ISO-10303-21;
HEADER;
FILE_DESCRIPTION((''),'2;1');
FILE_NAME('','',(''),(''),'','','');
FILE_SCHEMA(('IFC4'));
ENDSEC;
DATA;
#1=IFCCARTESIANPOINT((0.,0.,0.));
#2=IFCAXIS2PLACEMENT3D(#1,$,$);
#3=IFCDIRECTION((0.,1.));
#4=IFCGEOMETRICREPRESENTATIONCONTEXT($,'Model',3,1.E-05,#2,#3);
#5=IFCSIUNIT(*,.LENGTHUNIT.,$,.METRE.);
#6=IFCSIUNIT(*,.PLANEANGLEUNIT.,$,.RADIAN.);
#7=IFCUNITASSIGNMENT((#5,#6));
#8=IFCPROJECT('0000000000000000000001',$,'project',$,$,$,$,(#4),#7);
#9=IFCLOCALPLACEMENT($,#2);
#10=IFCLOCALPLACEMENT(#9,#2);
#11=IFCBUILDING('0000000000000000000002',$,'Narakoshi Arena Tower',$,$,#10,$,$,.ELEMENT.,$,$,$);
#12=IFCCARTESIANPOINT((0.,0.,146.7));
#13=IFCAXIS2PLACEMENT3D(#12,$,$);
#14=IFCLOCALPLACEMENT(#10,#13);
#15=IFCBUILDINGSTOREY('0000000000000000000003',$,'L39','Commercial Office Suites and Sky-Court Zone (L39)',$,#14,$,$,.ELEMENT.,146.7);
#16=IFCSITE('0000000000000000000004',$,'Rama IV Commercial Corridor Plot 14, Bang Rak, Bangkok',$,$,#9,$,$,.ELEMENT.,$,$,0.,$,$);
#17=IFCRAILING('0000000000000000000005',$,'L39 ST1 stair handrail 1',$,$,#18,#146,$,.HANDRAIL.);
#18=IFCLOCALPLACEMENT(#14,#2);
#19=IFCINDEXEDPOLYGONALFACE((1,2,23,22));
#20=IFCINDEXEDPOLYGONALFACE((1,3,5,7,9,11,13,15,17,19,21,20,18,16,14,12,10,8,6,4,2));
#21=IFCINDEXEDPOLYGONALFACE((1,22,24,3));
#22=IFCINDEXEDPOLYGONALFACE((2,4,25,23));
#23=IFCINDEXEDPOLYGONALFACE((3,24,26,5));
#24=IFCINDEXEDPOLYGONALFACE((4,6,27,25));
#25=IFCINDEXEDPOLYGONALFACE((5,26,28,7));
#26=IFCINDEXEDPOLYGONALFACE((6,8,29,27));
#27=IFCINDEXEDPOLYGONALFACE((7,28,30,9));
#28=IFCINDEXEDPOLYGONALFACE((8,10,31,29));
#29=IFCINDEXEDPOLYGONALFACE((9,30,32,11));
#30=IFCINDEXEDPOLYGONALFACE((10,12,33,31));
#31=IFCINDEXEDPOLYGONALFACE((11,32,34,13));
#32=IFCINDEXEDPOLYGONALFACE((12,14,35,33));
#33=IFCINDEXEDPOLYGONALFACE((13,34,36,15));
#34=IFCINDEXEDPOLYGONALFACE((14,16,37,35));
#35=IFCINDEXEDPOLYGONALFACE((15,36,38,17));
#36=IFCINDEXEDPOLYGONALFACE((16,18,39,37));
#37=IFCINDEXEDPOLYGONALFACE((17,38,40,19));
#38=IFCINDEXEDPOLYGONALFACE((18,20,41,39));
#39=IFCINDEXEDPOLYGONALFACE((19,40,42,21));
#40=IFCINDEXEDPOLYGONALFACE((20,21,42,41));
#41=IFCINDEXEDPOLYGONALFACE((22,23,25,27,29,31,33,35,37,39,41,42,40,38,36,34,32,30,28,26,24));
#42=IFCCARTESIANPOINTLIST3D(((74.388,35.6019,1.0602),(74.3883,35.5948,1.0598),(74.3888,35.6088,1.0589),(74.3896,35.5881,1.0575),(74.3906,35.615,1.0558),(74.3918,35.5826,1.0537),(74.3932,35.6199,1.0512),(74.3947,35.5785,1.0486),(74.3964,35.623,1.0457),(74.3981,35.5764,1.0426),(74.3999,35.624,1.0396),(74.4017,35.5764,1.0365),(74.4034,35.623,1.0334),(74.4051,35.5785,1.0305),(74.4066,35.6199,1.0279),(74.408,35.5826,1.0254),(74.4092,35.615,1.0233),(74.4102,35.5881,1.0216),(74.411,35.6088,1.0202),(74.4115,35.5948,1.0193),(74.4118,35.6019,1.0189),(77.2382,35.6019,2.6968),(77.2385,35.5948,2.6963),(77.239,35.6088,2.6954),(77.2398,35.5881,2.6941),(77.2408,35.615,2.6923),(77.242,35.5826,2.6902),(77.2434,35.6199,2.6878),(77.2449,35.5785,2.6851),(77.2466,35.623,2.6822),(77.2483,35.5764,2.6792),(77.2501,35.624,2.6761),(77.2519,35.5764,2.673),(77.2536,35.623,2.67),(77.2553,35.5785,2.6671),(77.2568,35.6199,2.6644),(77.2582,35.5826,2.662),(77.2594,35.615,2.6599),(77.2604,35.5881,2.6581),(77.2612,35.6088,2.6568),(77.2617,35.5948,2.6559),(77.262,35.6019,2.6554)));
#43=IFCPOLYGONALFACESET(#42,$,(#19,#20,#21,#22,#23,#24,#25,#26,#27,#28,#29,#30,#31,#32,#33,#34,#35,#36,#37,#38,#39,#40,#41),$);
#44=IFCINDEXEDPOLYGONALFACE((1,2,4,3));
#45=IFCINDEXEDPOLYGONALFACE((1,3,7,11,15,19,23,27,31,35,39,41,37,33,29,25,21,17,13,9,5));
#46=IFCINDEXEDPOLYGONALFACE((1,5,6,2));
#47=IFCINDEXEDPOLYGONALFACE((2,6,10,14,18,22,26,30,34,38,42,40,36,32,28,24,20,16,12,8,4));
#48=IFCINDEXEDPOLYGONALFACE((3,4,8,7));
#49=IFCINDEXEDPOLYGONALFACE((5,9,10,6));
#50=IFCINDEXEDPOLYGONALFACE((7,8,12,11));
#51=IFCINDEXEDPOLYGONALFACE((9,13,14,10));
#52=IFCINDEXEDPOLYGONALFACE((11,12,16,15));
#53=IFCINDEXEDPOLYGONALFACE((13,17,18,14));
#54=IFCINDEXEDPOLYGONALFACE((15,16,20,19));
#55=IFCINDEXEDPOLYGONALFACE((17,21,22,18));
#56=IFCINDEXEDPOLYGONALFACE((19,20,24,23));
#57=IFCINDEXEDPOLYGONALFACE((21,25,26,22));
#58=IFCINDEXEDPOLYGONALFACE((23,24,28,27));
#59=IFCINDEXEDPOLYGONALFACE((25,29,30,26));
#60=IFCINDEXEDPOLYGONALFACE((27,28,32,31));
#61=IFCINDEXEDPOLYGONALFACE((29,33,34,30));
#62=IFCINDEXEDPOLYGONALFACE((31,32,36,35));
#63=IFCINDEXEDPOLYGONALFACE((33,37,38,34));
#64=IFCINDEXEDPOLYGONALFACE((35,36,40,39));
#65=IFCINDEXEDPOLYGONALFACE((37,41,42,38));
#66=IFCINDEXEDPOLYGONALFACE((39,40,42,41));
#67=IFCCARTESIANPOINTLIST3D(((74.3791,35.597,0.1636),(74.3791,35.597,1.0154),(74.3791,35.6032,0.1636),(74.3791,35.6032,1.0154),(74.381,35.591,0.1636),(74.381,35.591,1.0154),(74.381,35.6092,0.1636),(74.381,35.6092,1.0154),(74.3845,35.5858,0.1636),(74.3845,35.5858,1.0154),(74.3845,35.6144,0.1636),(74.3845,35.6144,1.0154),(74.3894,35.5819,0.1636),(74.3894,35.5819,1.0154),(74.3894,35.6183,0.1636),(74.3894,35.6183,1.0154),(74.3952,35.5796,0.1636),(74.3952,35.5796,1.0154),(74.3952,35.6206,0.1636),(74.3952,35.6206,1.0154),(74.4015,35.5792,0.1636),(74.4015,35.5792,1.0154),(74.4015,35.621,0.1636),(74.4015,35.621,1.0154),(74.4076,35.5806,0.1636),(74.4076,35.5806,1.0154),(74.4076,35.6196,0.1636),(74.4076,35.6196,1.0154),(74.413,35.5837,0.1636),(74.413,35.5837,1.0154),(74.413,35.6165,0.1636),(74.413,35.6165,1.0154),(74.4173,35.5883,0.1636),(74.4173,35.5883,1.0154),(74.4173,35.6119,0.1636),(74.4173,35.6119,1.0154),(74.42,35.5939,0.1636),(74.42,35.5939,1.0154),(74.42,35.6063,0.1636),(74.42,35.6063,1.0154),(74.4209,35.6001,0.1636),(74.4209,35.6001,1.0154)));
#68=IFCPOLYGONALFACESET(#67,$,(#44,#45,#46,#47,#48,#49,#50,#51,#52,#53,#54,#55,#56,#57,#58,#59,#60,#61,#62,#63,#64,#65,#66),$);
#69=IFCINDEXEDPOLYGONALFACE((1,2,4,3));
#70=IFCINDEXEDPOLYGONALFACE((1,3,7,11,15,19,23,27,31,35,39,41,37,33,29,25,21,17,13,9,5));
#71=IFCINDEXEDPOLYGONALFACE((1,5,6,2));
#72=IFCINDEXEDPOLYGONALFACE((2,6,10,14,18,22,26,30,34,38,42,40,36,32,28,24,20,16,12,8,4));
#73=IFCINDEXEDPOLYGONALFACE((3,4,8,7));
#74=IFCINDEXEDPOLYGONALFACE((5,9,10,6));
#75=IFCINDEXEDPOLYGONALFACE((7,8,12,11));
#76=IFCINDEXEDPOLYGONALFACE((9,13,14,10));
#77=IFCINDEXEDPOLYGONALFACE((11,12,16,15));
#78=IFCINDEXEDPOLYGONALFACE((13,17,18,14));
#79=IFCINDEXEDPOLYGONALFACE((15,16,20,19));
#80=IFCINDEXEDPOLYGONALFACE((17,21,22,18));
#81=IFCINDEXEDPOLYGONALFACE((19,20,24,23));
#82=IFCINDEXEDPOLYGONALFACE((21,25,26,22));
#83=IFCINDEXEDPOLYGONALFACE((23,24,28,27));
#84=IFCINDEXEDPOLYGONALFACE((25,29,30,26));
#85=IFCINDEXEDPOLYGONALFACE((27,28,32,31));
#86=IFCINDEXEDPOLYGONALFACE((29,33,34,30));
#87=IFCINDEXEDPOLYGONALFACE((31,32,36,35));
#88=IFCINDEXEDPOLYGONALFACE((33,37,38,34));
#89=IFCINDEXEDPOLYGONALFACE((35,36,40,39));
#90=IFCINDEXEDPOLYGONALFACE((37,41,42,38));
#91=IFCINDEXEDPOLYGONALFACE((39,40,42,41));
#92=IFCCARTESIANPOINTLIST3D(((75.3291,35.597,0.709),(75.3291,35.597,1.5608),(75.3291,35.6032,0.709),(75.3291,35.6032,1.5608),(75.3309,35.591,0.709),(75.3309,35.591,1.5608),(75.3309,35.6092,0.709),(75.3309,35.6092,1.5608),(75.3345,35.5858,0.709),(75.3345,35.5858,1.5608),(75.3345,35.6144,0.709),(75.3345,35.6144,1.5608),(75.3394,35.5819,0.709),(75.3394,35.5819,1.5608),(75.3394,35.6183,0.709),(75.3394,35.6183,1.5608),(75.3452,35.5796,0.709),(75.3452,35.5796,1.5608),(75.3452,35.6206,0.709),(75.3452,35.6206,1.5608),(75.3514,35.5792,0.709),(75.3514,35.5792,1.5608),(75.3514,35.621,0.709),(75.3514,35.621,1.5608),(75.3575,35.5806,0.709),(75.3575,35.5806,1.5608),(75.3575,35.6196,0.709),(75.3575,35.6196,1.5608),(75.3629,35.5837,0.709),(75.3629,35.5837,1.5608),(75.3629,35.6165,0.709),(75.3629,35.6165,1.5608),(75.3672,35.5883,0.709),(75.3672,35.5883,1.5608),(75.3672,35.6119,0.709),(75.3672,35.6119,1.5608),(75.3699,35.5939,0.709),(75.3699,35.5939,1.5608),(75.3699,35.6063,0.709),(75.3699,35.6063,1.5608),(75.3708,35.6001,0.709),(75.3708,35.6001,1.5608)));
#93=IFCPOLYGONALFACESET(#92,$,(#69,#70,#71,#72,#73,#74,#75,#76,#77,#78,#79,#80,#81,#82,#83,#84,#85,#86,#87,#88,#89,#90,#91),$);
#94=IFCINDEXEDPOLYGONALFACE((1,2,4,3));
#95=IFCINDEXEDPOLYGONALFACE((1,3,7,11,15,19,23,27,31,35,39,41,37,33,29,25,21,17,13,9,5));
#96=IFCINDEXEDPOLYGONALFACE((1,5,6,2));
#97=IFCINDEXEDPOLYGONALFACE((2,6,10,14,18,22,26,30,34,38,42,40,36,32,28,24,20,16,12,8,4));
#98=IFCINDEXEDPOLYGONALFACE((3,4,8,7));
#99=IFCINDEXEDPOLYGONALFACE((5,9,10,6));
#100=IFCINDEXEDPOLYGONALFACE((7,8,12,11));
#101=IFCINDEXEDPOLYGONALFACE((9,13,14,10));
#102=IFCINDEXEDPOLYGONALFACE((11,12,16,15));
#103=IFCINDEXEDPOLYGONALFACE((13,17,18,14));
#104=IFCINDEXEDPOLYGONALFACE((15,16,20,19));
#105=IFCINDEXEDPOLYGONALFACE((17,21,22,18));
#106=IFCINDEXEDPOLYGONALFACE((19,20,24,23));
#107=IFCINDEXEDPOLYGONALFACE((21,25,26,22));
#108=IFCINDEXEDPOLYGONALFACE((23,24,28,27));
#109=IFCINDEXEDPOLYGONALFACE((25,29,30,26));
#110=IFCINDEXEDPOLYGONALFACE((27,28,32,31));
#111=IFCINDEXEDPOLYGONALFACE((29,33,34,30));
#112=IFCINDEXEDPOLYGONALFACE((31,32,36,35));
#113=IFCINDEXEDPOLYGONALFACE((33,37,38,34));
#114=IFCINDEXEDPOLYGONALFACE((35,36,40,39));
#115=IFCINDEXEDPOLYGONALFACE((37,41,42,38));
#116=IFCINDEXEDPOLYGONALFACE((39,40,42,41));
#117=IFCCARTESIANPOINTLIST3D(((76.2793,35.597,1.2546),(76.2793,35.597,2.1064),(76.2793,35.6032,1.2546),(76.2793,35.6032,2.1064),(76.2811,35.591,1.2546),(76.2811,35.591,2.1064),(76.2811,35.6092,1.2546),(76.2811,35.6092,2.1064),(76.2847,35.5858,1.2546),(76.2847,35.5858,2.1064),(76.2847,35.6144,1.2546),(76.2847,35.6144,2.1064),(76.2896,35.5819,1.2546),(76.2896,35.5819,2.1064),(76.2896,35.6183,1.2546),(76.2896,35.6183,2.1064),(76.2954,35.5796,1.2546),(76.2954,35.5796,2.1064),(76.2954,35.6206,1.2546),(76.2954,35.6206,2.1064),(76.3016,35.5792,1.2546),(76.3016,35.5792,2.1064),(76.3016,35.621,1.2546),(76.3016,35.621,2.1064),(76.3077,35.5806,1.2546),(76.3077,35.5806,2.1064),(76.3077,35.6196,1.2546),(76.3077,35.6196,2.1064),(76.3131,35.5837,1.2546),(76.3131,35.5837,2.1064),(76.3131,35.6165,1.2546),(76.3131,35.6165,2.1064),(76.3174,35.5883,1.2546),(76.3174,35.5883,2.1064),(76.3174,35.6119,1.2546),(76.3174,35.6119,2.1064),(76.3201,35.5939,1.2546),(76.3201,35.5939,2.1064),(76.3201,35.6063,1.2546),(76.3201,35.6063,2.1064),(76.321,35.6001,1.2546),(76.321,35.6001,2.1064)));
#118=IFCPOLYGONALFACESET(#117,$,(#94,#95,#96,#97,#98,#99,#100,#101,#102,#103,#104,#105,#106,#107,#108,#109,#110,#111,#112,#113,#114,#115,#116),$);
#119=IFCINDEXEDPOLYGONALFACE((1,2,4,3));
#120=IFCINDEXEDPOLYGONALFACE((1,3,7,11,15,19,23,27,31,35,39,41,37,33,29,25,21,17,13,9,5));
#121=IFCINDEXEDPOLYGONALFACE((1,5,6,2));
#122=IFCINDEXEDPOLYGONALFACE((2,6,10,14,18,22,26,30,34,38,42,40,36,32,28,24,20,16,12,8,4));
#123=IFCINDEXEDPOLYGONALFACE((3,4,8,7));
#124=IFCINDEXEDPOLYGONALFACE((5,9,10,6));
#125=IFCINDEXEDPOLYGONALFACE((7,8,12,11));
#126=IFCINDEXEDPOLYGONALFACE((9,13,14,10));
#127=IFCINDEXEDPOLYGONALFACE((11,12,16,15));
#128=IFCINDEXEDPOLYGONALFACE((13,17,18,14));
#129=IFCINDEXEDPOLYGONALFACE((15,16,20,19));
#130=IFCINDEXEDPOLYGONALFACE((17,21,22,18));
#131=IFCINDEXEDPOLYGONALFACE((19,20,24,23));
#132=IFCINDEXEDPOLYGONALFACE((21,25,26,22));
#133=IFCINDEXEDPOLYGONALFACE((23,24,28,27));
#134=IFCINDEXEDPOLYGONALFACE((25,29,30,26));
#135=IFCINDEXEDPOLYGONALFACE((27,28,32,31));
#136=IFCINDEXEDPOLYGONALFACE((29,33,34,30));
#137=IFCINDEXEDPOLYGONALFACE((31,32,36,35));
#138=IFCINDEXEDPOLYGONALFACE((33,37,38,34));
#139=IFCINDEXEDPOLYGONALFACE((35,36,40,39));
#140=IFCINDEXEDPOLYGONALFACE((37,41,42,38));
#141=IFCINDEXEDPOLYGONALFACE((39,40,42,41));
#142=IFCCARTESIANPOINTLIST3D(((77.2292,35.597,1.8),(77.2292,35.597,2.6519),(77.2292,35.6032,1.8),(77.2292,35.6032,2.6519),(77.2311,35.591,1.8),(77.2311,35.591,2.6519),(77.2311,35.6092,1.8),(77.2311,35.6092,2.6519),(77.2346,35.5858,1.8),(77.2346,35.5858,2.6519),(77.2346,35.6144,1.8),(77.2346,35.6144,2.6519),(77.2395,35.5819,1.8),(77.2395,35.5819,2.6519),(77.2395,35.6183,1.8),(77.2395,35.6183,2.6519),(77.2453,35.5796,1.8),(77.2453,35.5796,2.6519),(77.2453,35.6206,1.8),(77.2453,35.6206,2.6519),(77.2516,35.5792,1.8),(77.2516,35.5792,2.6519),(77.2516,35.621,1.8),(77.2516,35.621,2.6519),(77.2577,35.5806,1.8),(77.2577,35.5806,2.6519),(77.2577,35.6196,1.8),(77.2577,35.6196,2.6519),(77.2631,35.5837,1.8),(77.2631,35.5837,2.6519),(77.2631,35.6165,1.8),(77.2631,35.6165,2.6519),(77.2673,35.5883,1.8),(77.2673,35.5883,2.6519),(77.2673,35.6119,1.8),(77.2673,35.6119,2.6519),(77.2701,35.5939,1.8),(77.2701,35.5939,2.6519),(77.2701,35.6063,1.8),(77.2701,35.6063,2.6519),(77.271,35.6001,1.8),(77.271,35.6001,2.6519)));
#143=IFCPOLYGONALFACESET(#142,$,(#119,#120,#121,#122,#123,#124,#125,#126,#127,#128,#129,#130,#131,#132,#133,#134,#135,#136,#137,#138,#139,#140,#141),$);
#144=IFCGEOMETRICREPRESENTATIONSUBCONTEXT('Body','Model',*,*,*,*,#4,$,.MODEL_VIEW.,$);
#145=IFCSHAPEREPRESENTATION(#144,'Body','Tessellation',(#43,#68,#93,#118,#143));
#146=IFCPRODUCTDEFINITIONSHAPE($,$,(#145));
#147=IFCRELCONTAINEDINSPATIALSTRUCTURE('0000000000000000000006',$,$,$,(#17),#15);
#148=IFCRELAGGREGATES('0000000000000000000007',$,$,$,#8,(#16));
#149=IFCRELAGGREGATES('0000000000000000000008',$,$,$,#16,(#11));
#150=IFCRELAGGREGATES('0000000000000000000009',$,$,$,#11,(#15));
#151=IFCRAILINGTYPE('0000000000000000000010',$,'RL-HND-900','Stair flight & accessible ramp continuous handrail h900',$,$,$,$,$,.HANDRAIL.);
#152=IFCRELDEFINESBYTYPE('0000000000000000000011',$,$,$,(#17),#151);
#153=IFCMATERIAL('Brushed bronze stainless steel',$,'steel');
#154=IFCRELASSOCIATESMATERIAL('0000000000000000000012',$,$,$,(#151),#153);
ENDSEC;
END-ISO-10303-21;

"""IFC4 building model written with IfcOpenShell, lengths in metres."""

from ifc_helpers import new_model, si_unit, direction, frame, origin, origin_2d, place, context, subcontext, project, spatial, circle, extrude, material, type_object, element, save


model = new_model("IFC4")

# Units and contexts
model_context = context("Model", 3, precision=1e-05, world=origin(), true_north=direction((0.0, 1.0)))
body_context = subcontext(model_context, "Body", "Model", "MODEL_VIEW")
ifc_project = project(units=[si_unit("LENGTHUNIT", "METRE"), si_unit("PLANEANGLEUNIT", "RADIAN")], contexts=[model_context])

# Site, building, storey
site_placement = place(None, origin())
site = spatial("IfcSite", under=ifc_project, at=site_placement, Name="Rama IV Commercial Corridor Plot 14, Bang Rak, Bangkok", CompositionType="ELEMENT", RefElevation=0.0)
building_placement = place(site_placement, origin())
building = spatial("IfcBuilding", under=site, at=building_placement, Name="Narakoshi Arena Tower", CompositionType="ELEMENT")
storey_placement = place(building_placement, frame((0.0, 0.0, 146.7)))
storey = spatial("IfcBuildingStorey", under=building, at=storey_placement, Name="L39", Description="Commercial Office Suites and Sky-Court Zone (L39)", CompositionType="ELEMENT", Elevation=146.7)

# Railing
ifc_material_1 = material(Name="Brushed bronze stainless steel", Category="steel")
railing_type_1 = type_object("IfcRailingType", Name="RL-HND-900", Description="Stair flight & accessible ramp continuous handrail h900", PredefinedType="HANDRAIL", material=ifc_material_1)
railing_1_placement = place(storey_placement, frame((74.3999, 35.6001, 0.1636)))
element("IfcRailing", 1, at=railing_1_placement, inside=storey, type_object=railing_type_1, Name="L39 ST1 stair handrail 1", PredefinedType="HANDRAIL", context=body_context, shape_type="SweptSolid", body=[
    extrude(circle(Radius=0.0239, at=origin_2d()), frame((0.0, 0.0, 0.876), z_axis=(0.867213, 0.0, 0.497938), x_axis=(0.0, 1.0, 0.0)), (0.0, 0.0, 1.0), 3.2866),
    extrude(circle(Radius=0.021, at=origin_2d()), origin(), (0.0, 0.0, 1.0), 0.8518),
    extrude(circle(Radius=0.021, at=origin_2d()), frame((0.95, 0.0, 0.5454)), (0.0, 0.0, 1.0), 0.8518),
    extrude(circle(Radius=0.021, at=origin_2d()), frame((1.9001, 0.0, 1.0911)), (0.0, 0.0, 1.0), 0.8518),
    extrude(circle(Radius=0.021, at=origin_2d()), frame((2.8501, 0.0, 1.6365)), (0.0, 0.0, 1.0), 0.8518),
])

save(model, "model.ifc")
